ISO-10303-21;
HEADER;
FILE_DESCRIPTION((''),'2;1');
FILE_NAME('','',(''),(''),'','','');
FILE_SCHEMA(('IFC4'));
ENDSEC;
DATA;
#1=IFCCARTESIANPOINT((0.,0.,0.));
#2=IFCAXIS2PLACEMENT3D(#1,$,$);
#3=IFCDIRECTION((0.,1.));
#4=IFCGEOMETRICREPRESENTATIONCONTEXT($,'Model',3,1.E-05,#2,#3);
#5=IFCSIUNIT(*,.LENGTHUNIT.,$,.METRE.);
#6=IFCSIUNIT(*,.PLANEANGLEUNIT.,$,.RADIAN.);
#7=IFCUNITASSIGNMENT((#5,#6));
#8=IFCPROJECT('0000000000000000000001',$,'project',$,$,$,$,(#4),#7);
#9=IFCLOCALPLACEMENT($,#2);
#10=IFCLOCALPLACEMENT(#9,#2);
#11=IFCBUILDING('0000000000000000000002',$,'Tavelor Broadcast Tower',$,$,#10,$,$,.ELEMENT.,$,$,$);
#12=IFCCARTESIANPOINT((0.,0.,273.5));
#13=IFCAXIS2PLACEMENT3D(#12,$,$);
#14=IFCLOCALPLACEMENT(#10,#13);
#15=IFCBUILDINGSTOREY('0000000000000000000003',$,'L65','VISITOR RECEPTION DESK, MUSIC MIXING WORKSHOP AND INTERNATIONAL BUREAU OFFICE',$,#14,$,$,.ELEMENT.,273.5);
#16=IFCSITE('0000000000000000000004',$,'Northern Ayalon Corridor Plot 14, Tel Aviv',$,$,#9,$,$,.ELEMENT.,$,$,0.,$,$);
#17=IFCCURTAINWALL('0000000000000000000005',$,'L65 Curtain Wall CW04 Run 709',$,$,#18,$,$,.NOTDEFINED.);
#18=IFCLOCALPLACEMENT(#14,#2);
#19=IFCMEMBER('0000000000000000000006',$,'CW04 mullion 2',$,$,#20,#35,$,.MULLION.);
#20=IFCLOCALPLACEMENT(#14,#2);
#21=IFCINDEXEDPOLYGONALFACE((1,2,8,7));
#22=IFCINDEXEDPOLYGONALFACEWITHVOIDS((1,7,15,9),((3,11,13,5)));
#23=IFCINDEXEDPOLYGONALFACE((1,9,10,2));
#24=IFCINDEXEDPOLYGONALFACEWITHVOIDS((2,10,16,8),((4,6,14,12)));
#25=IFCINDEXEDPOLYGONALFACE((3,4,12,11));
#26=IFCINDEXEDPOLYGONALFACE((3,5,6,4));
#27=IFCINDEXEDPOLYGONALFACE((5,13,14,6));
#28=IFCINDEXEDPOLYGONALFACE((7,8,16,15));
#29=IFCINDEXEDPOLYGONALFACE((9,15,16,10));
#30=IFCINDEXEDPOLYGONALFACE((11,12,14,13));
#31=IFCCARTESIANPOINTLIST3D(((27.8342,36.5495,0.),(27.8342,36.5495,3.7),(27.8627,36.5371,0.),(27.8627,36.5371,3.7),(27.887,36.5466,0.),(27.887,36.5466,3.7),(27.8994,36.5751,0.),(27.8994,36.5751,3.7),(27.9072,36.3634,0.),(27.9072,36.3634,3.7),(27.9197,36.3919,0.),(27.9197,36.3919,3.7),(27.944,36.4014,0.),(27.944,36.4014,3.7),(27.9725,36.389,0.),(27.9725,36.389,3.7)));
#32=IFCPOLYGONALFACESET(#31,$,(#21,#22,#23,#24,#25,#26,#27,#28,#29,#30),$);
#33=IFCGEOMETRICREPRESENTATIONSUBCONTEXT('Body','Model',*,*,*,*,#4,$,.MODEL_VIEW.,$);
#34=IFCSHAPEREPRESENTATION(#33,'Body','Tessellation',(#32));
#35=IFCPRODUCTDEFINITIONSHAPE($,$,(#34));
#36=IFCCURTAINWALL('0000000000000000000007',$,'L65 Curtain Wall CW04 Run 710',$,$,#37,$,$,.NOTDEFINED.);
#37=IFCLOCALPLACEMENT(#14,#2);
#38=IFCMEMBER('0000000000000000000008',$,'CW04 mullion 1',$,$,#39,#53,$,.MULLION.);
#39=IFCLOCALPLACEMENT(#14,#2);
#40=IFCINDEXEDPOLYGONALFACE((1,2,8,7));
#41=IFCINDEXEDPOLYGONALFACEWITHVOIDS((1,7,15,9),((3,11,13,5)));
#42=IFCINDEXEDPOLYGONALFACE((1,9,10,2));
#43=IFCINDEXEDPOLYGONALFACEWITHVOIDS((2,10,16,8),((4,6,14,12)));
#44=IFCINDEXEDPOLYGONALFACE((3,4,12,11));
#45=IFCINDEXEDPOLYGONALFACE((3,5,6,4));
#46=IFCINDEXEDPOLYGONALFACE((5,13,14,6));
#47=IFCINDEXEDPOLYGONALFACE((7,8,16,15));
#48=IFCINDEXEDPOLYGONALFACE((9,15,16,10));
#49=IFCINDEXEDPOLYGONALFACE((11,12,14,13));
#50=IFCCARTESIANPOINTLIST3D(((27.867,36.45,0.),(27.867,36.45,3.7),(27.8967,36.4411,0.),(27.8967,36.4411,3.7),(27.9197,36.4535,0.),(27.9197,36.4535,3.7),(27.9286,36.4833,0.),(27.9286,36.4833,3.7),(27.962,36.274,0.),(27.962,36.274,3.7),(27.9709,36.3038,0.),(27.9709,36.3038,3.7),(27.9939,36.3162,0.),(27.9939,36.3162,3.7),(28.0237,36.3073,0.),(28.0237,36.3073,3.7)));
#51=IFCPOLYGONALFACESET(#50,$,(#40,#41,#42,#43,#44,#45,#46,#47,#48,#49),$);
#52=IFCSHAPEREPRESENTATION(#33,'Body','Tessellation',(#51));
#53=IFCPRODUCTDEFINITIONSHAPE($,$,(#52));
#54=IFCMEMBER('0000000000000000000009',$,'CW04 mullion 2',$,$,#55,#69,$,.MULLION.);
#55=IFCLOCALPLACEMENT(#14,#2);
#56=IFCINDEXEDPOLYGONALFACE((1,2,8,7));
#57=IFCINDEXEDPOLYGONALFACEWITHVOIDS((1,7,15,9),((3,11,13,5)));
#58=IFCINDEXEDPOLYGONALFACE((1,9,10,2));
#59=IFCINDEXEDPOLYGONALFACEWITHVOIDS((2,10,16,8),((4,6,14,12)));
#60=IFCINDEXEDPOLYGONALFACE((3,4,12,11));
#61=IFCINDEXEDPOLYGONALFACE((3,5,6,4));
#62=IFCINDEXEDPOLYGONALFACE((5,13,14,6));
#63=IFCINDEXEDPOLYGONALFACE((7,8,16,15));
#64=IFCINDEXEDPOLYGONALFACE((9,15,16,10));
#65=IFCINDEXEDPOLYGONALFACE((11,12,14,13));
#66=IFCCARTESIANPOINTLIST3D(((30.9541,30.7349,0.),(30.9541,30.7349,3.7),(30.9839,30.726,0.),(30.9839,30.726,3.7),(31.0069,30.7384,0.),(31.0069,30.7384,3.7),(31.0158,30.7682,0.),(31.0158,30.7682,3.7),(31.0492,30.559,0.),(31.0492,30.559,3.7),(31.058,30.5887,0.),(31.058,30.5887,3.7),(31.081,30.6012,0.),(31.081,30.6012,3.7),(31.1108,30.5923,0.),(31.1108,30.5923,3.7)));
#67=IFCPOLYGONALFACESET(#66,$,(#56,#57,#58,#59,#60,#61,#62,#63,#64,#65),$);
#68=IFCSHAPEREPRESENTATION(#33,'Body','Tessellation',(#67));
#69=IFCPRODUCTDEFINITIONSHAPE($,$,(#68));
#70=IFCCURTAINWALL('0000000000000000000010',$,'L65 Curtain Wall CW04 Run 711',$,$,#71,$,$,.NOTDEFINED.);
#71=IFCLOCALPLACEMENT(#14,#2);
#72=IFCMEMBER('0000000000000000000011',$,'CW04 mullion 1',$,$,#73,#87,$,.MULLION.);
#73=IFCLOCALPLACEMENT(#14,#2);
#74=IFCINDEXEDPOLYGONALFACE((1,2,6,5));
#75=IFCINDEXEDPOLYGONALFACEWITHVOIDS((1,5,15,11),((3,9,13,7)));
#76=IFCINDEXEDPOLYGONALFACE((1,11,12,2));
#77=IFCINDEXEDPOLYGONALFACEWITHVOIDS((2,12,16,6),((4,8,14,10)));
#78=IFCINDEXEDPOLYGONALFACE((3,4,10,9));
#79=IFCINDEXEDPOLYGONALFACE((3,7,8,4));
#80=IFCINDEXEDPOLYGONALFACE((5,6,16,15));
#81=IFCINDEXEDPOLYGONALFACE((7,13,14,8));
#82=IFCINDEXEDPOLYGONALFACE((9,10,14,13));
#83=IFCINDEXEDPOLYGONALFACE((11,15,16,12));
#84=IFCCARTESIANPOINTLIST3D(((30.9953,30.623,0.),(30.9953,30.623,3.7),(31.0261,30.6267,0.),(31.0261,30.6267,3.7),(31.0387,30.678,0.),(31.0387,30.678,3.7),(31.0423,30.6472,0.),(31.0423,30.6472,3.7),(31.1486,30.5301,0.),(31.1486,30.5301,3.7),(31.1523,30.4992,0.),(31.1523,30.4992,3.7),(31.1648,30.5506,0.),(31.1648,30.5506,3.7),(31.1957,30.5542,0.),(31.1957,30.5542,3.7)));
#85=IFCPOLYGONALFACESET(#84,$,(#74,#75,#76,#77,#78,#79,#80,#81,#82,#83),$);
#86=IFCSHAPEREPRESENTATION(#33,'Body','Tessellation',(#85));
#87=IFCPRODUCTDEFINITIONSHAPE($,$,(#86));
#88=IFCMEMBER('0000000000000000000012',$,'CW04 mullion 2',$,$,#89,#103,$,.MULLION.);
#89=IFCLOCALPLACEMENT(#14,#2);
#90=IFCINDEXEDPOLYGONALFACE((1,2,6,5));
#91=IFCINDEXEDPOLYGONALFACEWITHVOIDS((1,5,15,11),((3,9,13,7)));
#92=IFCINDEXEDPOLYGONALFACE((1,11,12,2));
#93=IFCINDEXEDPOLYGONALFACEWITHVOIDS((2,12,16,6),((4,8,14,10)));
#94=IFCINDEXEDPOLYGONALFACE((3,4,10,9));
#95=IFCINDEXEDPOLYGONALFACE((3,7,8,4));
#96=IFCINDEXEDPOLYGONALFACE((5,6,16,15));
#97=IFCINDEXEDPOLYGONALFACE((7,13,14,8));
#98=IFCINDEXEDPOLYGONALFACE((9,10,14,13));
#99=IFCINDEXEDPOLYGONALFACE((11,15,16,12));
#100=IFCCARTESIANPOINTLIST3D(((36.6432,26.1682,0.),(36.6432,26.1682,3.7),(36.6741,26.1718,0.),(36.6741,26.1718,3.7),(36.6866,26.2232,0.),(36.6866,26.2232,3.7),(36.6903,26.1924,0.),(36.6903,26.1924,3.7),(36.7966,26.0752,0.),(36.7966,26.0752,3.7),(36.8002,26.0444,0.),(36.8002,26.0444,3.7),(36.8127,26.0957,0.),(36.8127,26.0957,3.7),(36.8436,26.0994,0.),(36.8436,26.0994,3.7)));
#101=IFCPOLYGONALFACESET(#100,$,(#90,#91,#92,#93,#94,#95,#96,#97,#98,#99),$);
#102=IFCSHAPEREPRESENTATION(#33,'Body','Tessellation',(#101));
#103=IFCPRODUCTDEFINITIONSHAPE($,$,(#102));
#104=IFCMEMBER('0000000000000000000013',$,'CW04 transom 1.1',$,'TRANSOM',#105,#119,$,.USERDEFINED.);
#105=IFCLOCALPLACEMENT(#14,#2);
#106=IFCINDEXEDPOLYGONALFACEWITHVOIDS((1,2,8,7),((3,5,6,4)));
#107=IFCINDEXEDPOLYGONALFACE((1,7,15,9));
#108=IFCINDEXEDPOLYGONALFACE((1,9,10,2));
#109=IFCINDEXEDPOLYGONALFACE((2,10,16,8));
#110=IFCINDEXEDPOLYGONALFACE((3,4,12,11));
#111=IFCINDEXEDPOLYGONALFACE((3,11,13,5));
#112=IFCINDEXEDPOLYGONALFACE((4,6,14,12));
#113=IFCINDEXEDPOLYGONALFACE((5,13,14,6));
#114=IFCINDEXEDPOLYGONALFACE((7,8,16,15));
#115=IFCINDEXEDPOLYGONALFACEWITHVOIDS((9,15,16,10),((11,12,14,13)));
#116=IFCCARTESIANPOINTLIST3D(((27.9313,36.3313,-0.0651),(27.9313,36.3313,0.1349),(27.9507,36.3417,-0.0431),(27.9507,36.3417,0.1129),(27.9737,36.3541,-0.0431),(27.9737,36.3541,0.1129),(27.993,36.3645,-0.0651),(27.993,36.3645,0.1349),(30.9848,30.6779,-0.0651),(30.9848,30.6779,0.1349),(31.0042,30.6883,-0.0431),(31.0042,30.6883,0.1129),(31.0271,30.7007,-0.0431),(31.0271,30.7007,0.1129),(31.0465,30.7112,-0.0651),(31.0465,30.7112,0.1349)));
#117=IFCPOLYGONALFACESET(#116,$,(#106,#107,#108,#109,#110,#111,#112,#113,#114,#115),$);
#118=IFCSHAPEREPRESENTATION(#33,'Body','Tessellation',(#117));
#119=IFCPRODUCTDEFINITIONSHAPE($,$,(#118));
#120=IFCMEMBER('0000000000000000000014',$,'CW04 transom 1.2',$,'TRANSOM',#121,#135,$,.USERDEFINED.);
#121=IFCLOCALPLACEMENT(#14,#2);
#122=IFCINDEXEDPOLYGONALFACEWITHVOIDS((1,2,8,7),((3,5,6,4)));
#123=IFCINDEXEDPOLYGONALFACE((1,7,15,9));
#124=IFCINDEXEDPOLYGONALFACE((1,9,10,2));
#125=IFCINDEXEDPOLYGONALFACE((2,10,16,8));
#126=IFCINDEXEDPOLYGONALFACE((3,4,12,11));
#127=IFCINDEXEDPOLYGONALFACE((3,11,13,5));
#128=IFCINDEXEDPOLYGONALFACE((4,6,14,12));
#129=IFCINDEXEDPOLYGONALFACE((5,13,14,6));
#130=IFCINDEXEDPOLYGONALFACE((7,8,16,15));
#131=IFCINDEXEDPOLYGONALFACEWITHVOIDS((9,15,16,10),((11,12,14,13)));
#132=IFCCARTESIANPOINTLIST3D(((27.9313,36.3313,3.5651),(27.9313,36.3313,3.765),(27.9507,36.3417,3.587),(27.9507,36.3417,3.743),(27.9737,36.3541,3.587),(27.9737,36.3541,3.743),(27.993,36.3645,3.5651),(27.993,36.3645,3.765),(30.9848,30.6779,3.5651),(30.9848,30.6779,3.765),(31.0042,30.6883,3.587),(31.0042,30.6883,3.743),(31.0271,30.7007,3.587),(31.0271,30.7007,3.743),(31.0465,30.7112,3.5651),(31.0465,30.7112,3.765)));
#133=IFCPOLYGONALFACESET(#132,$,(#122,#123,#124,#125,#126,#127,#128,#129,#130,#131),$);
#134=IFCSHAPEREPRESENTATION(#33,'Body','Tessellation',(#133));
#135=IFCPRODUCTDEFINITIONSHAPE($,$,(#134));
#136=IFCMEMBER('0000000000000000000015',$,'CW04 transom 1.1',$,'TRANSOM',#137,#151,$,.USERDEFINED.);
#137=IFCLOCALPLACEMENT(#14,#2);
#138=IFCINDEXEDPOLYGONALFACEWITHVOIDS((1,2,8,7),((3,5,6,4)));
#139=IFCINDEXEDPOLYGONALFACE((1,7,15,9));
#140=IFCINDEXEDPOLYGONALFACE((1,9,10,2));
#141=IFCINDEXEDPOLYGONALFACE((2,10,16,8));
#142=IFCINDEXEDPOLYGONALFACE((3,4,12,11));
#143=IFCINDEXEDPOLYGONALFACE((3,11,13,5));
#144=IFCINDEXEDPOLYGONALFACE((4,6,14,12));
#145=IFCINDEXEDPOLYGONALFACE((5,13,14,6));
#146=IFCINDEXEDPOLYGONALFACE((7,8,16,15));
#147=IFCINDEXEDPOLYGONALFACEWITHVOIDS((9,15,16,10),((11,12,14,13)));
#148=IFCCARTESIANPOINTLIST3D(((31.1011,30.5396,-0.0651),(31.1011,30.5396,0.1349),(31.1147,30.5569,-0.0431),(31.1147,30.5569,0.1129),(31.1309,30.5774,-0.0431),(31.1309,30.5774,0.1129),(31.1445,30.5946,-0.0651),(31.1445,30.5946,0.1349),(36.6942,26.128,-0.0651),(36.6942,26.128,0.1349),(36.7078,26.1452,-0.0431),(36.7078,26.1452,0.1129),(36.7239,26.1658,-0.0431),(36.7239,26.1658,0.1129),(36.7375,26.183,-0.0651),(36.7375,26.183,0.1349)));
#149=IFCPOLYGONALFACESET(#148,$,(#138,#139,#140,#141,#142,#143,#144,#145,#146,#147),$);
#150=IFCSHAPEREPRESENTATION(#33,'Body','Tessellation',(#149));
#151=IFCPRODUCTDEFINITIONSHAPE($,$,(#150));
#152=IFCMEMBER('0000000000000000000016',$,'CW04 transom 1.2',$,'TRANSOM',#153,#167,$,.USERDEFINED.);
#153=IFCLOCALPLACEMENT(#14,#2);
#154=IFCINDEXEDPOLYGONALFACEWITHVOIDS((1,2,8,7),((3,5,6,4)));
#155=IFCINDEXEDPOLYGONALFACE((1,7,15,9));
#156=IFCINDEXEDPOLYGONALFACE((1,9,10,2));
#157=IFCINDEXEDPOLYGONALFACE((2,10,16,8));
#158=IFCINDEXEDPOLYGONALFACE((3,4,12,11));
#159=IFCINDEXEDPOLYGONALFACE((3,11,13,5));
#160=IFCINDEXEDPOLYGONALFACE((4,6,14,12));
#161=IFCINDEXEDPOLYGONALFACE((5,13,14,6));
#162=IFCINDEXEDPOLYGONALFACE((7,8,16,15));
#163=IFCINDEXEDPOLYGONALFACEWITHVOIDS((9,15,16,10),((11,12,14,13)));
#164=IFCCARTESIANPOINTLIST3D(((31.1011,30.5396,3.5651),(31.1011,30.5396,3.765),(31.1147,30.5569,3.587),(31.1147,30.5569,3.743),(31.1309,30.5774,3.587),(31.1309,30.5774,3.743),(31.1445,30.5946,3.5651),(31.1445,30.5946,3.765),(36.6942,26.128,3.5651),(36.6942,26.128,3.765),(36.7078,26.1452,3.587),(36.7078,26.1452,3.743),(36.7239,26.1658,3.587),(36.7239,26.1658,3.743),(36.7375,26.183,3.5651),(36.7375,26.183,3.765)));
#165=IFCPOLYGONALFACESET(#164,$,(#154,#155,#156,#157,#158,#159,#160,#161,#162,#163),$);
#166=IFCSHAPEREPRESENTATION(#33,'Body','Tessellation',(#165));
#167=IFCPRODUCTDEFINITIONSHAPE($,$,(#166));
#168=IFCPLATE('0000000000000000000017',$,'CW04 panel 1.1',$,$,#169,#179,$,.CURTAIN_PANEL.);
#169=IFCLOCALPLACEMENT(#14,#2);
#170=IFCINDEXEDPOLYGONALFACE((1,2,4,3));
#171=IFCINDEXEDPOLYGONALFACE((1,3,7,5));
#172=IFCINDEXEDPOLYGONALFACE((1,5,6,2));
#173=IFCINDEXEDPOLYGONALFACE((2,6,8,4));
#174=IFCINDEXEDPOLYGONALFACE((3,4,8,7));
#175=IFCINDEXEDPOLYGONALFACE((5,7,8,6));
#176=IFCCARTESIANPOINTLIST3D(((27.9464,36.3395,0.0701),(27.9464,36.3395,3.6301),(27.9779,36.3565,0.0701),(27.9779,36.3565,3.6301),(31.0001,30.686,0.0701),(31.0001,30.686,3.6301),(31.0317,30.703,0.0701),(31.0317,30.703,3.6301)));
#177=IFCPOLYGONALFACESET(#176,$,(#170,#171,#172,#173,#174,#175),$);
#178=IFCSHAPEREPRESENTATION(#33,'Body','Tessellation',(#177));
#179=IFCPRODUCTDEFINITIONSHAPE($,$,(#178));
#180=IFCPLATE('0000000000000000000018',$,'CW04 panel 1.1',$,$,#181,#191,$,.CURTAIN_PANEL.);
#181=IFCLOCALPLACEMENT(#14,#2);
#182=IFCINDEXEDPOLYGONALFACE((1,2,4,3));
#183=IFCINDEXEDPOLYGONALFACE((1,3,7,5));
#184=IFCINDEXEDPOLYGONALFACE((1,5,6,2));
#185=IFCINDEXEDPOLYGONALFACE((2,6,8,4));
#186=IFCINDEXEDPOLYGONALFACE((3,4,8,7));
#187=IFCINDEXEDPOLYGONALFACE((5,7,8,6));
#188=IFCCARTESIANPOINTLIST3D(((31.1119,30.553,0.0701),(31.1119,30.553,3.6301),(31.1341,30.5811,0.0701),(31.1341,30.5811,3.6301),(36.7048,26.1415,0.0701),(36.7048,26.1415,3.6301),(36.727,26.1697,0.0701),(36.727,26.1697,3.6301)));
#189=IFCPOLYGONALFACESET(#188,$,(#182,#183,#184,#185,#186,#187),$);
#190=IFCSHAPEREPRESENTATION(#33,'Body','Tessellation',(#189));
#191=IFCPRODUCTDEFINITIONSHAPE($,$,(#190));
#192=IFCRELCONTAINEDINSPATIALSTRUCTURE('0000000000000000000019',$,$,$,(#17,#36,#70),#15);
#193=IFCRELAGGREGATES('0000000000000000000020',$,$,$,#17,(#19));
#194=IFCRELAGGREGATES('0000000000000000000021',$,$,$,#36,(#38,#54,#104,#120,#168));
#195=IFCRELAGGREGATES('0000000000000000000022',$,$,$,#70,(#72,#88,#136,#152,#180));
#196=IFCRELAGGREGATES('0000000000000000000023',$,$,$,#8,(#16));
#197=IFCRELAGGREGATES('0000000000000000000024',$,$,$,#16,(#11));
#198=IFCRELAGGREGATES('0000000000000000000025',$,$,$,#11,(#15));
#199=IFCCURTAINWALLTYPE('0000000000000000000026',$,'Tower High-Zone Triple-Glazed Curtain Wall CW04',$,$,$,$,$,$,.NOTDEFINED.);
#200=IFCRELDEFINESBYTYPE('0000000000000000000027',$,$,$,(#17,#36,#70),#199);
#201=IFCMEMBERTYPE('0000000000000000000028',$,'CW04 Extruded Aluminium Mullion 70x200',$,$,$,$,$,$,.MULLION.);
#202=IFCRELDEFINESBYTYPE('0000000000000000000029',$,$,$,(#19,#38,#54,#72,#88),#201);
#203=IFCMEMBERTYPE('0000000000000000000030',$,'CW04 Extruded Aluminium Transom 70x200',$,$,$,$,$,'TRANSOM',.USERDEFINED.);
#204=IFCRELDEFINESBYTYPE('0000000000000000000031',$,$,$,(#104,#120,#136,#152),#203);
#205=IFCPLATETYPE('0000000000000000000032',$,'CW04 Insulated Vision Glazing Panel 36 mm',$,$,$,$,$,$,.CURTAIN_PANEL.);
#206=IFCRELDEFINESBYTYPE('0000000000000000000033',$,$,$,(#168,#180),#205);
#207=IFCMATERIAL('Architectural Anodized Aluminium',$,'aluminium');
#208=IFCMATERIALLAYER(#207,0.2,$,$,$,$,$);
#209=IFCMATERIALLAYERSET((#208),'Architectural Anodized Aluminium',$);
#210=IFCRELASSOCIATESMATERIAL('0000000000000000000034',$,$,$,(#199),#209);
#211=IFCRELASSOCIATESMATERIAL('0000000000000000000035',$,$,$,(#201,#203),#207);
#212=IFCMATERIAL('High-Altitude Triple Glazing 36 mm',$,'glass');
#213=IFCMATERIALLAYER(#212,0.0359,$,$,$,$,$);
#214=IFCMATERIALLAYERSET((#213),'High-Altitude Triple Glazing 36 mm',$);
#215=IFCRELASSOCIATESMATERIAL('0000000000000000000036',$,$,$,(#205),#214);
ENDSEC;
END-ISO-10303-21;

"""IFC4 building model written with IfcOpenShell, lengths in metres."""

from ifc_helpers import new_model, si_unit, direction, frame, origin, origin_2d, place, context, subcontext, project, spatial, rectangle, hollow_rectangle, extrude, source, transform, mapped, material, layer, layer_set, material_profile, profile_set, type_object, type_shapes, element, aggregate, save


model = new_model("IFC4")

# Units and contexts
model_context = context("Model", 3, precision=1e-05, world=origin(), true_north=direction((0.0, 1.0)))
body_context = subcontext(model_context, "Body", "Model", "MODEL_VIEW")
ifc_project = project(units=[si_unit("LENGTHUNIT", "METRE"), si_unit("PLANEANGLEUNIT", "RADIAN")], contexts=[model_context])

# Site, building, storey
site_placement = place(None, origin())
site = spatial("IfcSite", under=ifc_project, at=site_placement, Name="Northern Ayalon Corridor Plot 14, Tel Aviv", CompositionType="ELEMENT", RefElevation=0.0)
building_placement = place(site_placement, origin())
building = spatial("IfcBuilding", under=site, at=building_placement, Name="Tavelor Broadcast Tower", CompositionType="ELEMENT")
storey_placement = place(building_placement, frame((0.0, 0.0, 273.5)))
storey = spatial("IfcBuildingStorey", under=building, at=storey_placement, Name="L65", Description="VISITOR RECEPTION DESK, MUSIC MIXING WORKSHOP AND INTERNATIONAL BUREAU OFFICE", CompositionType="ELEMENT", Elevation=273.5)

# Curtain wall, member
ifc_material_1 = material(Name="Architectural Anodized Aluminium", Category="aluminium")
ifc_layer_1 = layer(ifc_material_1, 0.2)
ifc_layer_set_1 = layer_set([ifc_layer_1], Name="Architectural Anodized Aluminium")
curtain_wall_type = type_object("IfcCurtainWallType", Name="Tower High-Zone Triple-Glazed Curtain Wall CW04", PredefinedType="NOTDEFINED", material=ifc_layer_set_1)
curtain_wall_1_placement = place(storey_placement, origin())
curtain_wall_1 = element("IfcCurtainWall", 1, at=curtain_wall_1_placement, inside=storey, type_object=curtain_wall_type, Name="L65 Curtain Wall CW04 Run 709", PredefinedType="NOTDEFINED")
ifc_material_profile_1 = material_profile(ifc_material_1, hollow_rectangle(XDim=0.0701, YDim=0.2, WallThickness=0.022, at=origin_2d()), Name="RHS 70x200x22")
ifc_profile_set_1 = profile_set([ifc_material_profile_1], Name="Architectural Anodized Aluminium")
member_type_1 = type_object("IfcMemberType", Name="CW04 Extruded Aluminium Mullion 70x200", PredefinedType="MULLION", material=ifc_profile_set_1)
shared_shape_1 = source(origin(), body_context, "Body", "SweptSolid", [
    extrude(hollow_rectangle(XDim=0.0701, YDim=0.2, WallThickness=0.022, at=origin_2d()), origin(), (0.0, 0.0, 1.0), 3.7),
])
type_shapes(member_type_1, [shared_shape_1])
member_1_placement = place(storey_placement, frame((27.9033, 36.4692, 0.0), z_axis=(0.0, 0.0, 1.0), x_axis=(0.930898, 0.36528, 0.0)))
member_1 = element("IfcMember", 2, at=member_1_placement, type_object=member_type_1, Name="CW04 mullion 2", PredefinedType="MULLION", context=body_context, shape_type="MappedRepresentation", body=[
    mapped(shared_shape_1, transform((0.0, 0.0, 0.0), scale=1.0)),
])
aggregate(curtain_wall_1, [member_1])

# Curtain walls, members
curtain_wall_2_placement = place(storey_placement, origin())
curtain_wall_2 = element("IfcCurtainWall", 3, at=curtain_wall_2_placement, inside=storey, type_object=curtain_wall_type, Name="L65 Curtain Wall CW04 Run 710", PredefinedType="NOTDEFINED")
member_2_placement = place(storey_placement, frame((27.9453, 36.3787, 0.0), z_axis=(0.0, 0.0, 1.0), x_axis=(0.879852, 0.475247, 0.0)))
member_2 = element("IfcMember", 4, at=member_2_placement, type_object=member_type_1, Name="CW04 mullion 1", PredefinedType="MULLION", context=body_context, shape_type="MappedRepresentation", body=[
    mapped(shared_shape_1, transform((0.0, 0.0, 0.0), scale=1.0)),
])
member_3_placement = place(storey_placement, frame((31.0325, 30.6636, 0.0), z_axis=(0.0, 0.0, 1.0), x_axis=(0.879852, 0.475247, 0.0)))
member_3 = element("IfcMember", 5, at=member_3_placement, type_object=member_type_1, Name="CW04 mullion 2", PredefinedType="MULLION", context=body_context, shape_type="MappedRepresentation", body=[
    mapped(shared_shape_1, transform((0.0, 0.0, 0.0), scale=1.0)),
])
curtain_wall_3_placement = place(storey_placement, origin())
curtain_wall_3 = element("IfcCurtainWall", 6, at=curtain_wall_3_placement, inside=storey, type_object=curtain_wall_type, Name="L65 Curtain Wall CW04 Run 711", PredefinedType="NOTDEFINED")
member_4_placement = place(storey_placement, frame((31.0955, 30.5886, 0.0), z_axis=(0.0, 0.0, 1.0), x_axis=(0.619297, 0.785157, 0.0)))
member_4 = element("IfcMember", 7, at=member_4_placement, type_object=member_type_1, Name="CW04 mullion 1", PredefinedType="MULLION", context=body_context, shape_type="MappedRepresentation", body=[
    mapped(shared_shape_1, transform((0.0, 0.0, 0.0), scale=1.0)),
])
member_5_placement = place(storey_placement, frame((36.7434, 26.1338, 0.0), z_axis=(0.0, 0.0, 1.0), x_axis=(0.619297, 0.785157, 0.0)))
member_5 = element("IfcMember", 8, at=member_5_placement, type_object=member_type_1, Name="CW04 mullion 2", PredefinedType="MULLION", context=body_context, shape_type="MappedRepresentation", body=[
    mapped(shared_shape_1, transform((0.0, 0.0, 0.0), scale=1.0)),
])

# Members
ifc_material_profile_2 = material_profile(ifc_material_1, hollow_rectangle(XDim=0.0701, YDim=0.2, WallThickness=0.022, at=origin_2d()), Name="RHS 70x200x22")
ifc_profile_set_2 = profile_set([ifc_material_profile_2], Name="Architectural Anodized Aluminium")
member_type_2 = type_object("IfcMemberType", Name="CW04 Extruded Aluminium Transom 70x200", ElementType="TRANSOM", PredefinedType="USERDEFINED", material=ifc_profile_set_2)
shared_shape_2 = source(origin(), body_context, "Body", "SweptSolid", [
    extrude(hollow_rectangle(XDim=0.0701, YDim=0.2, WallThickness=0.022, at=origin_2d()), origin(), (0.0, 0.0, 1.0), 6.4253),
])
member_6_placement = place(storey_placement, frame((27.9622, 36.3479, 0.0349), z_axis=(0.47523, -0.879862, 0.0), x_axis=(0.879862, 0.47523, 0.0)))
member_6 = element("IfcMember", 9, at=member_6_placement, type_object=member_type_2, Name="CW04 transom 1.1", ObjectType="TRANSOM", PredefinedType="USERDEFINED", context=body_context, shape_type="MappedRepresentation", body=[
    mapped(shared_shape_2, transform((0.0, 0.0, 0.0), scale=1.0)),
])
member_7_placement = place(storey_placement, frame((27.9622, 36.3479, 3.665), z_axis=(0.47523, -0.879862, 0.0), x_axis=(0.879862, 0.47523, 0.0)))
member_7 = element("IfcMember", 10, at=member_7_placement, type_object=member_type_2, Name="CW04 transom 1.2", ObjectType="TRANSOM", PredefinedType="USERDEFINED", context=body_context, shape_type="MappedRepresentation", body=[
    mapped(shared_shape_2, transform((0.0, 0.0, 0.0), scale=1.0)),
])
shared_shape_3 = source(origin(), body_context, "Body", "SweptSolid", [
    extrude(hollow_rectangle(XDim=0.0701, YDim=0.2, WallThickness=0.022, at=origin_2d()), origin(), (0.0, 0.0, 1.0), 7.1235),
])
type_shapes(member_type_2, [shared_shape_2, shared_shape_3])
member_8_placement = place(storey_placement, frame((31.1228, 30.5671, 0.0349), z_axis=(0.78515, -0.619305, 0.0), x_axis=(0.619305, 0.78515, 0.0)))
member_8 = element("IfcMember", 11, at=member_8_placement, type_object=member_type_2, Name="CW04 transom 1.1", ObjectType="TRANSOM", PredefinedType="USERDEFINED", context=body_context, shape_type="MappedRepresentation", body=[
    mapped(shared_shape_3, transform((0.0, 0.0, 0.0), scale=1.0)),
])
member_9_placement = place(storey_placement, frame((31.1228, 30.5671, 3.665), z_axis=(0.78515, -0.619305, 0.0), x_axis=(0.619305, 0.78515, 0.0)))
member_9 = element("IfcMember", 12, at=member_9_placement, type_object=member_type_2, Name="CW04 transom 1.2", ObjectType="TRANSOM", PredefinedType="USERDEFINED", context=body_context, shape_type="MappedRepresentation", body=[
    mapped(shared_shape_3, transform((0.0, 0.0, 0.0), scale=1.0)),
])

# Plates
ifc_material_2 = material(Name="High-Altitude Triple Glazing 36 mm", Category="glass")
ifc_layer_2 = layer(ifc_material_2, 0.0359)
ifc_layer_set_2 = layer_set([ifc_layer_2], Name="High-Altitude Triple Glazing 36 mm")
plate_type = type_object("IfcPlateType", Name="CW04 Insulated Vision Glazing Panel 36 mm", PredefinedType="CURTAIN_PANEL", material=ifc_layer_set_2)
shared_shape_4 = source(origin(), body_context, "Body", "SweptSolid", [
    extrude(rectangle(XDim=6.4255, YDim=0.0359, at=origin_2d()), origin(), (0.0, 0.0, 1.0), 3.5601),
])
plate_1_placement = place(storey_placement, frame((29.489, 33.5212, 0.0701), z_axis=(0.0, 0.0, 1.0), x_axis=(0.475247, -0.879852, 0.0)))
plate_1 = element("IfcPlate", 13, at=plate_1_placement, type_object=plate_type, Name="CW04 panel 1.1", PredefinedType="CURTAIN_PANEL", context=body_context, shape_type="MappedRepresentation", body=[
    mapped(shared_shape_4, transform((0.0, 0.0, 0.0), scale=1.0)),
])
aggregate(curtain_wall_2, [member_2, member_3, member_6, member_7, plate_1])
shared_shape_5 = source(origin(), body_context, "Body", "SweptSolid", [
    extrude(rectangle(XDim=7.1233, YDim=0.0359, at=origin_2d()), origin(), (0.0, 0.0, 1.0), 3.5601),
])
type_shapes(plate_type, [shared_shape_4, shared_shape_5])
plate_2_placement = place(storey_placement, frame((33.9194, 28.3613, 0.0701), z_axis=(0.0, 0.0, 1.0), x_axis=(0.785157, -0.619297, 0.0)))
plate_2 = element("IfcPlate", 14, at=plate_2_placement, type_object=plate_type, Name="CW04 panel 1.1", PredefinedType="CURTAIN_PANEL", context=body_context, shape_type="MappedRepresentation", body=[
    mapped(shared_shape_5, transform((0.0, 0.0, 0.0), scale=1.0)),
])
aggregate(curtain_wall_3, [member_4, member_5, member_8, member_9, plate_2])

save(model, "model.ifc")
